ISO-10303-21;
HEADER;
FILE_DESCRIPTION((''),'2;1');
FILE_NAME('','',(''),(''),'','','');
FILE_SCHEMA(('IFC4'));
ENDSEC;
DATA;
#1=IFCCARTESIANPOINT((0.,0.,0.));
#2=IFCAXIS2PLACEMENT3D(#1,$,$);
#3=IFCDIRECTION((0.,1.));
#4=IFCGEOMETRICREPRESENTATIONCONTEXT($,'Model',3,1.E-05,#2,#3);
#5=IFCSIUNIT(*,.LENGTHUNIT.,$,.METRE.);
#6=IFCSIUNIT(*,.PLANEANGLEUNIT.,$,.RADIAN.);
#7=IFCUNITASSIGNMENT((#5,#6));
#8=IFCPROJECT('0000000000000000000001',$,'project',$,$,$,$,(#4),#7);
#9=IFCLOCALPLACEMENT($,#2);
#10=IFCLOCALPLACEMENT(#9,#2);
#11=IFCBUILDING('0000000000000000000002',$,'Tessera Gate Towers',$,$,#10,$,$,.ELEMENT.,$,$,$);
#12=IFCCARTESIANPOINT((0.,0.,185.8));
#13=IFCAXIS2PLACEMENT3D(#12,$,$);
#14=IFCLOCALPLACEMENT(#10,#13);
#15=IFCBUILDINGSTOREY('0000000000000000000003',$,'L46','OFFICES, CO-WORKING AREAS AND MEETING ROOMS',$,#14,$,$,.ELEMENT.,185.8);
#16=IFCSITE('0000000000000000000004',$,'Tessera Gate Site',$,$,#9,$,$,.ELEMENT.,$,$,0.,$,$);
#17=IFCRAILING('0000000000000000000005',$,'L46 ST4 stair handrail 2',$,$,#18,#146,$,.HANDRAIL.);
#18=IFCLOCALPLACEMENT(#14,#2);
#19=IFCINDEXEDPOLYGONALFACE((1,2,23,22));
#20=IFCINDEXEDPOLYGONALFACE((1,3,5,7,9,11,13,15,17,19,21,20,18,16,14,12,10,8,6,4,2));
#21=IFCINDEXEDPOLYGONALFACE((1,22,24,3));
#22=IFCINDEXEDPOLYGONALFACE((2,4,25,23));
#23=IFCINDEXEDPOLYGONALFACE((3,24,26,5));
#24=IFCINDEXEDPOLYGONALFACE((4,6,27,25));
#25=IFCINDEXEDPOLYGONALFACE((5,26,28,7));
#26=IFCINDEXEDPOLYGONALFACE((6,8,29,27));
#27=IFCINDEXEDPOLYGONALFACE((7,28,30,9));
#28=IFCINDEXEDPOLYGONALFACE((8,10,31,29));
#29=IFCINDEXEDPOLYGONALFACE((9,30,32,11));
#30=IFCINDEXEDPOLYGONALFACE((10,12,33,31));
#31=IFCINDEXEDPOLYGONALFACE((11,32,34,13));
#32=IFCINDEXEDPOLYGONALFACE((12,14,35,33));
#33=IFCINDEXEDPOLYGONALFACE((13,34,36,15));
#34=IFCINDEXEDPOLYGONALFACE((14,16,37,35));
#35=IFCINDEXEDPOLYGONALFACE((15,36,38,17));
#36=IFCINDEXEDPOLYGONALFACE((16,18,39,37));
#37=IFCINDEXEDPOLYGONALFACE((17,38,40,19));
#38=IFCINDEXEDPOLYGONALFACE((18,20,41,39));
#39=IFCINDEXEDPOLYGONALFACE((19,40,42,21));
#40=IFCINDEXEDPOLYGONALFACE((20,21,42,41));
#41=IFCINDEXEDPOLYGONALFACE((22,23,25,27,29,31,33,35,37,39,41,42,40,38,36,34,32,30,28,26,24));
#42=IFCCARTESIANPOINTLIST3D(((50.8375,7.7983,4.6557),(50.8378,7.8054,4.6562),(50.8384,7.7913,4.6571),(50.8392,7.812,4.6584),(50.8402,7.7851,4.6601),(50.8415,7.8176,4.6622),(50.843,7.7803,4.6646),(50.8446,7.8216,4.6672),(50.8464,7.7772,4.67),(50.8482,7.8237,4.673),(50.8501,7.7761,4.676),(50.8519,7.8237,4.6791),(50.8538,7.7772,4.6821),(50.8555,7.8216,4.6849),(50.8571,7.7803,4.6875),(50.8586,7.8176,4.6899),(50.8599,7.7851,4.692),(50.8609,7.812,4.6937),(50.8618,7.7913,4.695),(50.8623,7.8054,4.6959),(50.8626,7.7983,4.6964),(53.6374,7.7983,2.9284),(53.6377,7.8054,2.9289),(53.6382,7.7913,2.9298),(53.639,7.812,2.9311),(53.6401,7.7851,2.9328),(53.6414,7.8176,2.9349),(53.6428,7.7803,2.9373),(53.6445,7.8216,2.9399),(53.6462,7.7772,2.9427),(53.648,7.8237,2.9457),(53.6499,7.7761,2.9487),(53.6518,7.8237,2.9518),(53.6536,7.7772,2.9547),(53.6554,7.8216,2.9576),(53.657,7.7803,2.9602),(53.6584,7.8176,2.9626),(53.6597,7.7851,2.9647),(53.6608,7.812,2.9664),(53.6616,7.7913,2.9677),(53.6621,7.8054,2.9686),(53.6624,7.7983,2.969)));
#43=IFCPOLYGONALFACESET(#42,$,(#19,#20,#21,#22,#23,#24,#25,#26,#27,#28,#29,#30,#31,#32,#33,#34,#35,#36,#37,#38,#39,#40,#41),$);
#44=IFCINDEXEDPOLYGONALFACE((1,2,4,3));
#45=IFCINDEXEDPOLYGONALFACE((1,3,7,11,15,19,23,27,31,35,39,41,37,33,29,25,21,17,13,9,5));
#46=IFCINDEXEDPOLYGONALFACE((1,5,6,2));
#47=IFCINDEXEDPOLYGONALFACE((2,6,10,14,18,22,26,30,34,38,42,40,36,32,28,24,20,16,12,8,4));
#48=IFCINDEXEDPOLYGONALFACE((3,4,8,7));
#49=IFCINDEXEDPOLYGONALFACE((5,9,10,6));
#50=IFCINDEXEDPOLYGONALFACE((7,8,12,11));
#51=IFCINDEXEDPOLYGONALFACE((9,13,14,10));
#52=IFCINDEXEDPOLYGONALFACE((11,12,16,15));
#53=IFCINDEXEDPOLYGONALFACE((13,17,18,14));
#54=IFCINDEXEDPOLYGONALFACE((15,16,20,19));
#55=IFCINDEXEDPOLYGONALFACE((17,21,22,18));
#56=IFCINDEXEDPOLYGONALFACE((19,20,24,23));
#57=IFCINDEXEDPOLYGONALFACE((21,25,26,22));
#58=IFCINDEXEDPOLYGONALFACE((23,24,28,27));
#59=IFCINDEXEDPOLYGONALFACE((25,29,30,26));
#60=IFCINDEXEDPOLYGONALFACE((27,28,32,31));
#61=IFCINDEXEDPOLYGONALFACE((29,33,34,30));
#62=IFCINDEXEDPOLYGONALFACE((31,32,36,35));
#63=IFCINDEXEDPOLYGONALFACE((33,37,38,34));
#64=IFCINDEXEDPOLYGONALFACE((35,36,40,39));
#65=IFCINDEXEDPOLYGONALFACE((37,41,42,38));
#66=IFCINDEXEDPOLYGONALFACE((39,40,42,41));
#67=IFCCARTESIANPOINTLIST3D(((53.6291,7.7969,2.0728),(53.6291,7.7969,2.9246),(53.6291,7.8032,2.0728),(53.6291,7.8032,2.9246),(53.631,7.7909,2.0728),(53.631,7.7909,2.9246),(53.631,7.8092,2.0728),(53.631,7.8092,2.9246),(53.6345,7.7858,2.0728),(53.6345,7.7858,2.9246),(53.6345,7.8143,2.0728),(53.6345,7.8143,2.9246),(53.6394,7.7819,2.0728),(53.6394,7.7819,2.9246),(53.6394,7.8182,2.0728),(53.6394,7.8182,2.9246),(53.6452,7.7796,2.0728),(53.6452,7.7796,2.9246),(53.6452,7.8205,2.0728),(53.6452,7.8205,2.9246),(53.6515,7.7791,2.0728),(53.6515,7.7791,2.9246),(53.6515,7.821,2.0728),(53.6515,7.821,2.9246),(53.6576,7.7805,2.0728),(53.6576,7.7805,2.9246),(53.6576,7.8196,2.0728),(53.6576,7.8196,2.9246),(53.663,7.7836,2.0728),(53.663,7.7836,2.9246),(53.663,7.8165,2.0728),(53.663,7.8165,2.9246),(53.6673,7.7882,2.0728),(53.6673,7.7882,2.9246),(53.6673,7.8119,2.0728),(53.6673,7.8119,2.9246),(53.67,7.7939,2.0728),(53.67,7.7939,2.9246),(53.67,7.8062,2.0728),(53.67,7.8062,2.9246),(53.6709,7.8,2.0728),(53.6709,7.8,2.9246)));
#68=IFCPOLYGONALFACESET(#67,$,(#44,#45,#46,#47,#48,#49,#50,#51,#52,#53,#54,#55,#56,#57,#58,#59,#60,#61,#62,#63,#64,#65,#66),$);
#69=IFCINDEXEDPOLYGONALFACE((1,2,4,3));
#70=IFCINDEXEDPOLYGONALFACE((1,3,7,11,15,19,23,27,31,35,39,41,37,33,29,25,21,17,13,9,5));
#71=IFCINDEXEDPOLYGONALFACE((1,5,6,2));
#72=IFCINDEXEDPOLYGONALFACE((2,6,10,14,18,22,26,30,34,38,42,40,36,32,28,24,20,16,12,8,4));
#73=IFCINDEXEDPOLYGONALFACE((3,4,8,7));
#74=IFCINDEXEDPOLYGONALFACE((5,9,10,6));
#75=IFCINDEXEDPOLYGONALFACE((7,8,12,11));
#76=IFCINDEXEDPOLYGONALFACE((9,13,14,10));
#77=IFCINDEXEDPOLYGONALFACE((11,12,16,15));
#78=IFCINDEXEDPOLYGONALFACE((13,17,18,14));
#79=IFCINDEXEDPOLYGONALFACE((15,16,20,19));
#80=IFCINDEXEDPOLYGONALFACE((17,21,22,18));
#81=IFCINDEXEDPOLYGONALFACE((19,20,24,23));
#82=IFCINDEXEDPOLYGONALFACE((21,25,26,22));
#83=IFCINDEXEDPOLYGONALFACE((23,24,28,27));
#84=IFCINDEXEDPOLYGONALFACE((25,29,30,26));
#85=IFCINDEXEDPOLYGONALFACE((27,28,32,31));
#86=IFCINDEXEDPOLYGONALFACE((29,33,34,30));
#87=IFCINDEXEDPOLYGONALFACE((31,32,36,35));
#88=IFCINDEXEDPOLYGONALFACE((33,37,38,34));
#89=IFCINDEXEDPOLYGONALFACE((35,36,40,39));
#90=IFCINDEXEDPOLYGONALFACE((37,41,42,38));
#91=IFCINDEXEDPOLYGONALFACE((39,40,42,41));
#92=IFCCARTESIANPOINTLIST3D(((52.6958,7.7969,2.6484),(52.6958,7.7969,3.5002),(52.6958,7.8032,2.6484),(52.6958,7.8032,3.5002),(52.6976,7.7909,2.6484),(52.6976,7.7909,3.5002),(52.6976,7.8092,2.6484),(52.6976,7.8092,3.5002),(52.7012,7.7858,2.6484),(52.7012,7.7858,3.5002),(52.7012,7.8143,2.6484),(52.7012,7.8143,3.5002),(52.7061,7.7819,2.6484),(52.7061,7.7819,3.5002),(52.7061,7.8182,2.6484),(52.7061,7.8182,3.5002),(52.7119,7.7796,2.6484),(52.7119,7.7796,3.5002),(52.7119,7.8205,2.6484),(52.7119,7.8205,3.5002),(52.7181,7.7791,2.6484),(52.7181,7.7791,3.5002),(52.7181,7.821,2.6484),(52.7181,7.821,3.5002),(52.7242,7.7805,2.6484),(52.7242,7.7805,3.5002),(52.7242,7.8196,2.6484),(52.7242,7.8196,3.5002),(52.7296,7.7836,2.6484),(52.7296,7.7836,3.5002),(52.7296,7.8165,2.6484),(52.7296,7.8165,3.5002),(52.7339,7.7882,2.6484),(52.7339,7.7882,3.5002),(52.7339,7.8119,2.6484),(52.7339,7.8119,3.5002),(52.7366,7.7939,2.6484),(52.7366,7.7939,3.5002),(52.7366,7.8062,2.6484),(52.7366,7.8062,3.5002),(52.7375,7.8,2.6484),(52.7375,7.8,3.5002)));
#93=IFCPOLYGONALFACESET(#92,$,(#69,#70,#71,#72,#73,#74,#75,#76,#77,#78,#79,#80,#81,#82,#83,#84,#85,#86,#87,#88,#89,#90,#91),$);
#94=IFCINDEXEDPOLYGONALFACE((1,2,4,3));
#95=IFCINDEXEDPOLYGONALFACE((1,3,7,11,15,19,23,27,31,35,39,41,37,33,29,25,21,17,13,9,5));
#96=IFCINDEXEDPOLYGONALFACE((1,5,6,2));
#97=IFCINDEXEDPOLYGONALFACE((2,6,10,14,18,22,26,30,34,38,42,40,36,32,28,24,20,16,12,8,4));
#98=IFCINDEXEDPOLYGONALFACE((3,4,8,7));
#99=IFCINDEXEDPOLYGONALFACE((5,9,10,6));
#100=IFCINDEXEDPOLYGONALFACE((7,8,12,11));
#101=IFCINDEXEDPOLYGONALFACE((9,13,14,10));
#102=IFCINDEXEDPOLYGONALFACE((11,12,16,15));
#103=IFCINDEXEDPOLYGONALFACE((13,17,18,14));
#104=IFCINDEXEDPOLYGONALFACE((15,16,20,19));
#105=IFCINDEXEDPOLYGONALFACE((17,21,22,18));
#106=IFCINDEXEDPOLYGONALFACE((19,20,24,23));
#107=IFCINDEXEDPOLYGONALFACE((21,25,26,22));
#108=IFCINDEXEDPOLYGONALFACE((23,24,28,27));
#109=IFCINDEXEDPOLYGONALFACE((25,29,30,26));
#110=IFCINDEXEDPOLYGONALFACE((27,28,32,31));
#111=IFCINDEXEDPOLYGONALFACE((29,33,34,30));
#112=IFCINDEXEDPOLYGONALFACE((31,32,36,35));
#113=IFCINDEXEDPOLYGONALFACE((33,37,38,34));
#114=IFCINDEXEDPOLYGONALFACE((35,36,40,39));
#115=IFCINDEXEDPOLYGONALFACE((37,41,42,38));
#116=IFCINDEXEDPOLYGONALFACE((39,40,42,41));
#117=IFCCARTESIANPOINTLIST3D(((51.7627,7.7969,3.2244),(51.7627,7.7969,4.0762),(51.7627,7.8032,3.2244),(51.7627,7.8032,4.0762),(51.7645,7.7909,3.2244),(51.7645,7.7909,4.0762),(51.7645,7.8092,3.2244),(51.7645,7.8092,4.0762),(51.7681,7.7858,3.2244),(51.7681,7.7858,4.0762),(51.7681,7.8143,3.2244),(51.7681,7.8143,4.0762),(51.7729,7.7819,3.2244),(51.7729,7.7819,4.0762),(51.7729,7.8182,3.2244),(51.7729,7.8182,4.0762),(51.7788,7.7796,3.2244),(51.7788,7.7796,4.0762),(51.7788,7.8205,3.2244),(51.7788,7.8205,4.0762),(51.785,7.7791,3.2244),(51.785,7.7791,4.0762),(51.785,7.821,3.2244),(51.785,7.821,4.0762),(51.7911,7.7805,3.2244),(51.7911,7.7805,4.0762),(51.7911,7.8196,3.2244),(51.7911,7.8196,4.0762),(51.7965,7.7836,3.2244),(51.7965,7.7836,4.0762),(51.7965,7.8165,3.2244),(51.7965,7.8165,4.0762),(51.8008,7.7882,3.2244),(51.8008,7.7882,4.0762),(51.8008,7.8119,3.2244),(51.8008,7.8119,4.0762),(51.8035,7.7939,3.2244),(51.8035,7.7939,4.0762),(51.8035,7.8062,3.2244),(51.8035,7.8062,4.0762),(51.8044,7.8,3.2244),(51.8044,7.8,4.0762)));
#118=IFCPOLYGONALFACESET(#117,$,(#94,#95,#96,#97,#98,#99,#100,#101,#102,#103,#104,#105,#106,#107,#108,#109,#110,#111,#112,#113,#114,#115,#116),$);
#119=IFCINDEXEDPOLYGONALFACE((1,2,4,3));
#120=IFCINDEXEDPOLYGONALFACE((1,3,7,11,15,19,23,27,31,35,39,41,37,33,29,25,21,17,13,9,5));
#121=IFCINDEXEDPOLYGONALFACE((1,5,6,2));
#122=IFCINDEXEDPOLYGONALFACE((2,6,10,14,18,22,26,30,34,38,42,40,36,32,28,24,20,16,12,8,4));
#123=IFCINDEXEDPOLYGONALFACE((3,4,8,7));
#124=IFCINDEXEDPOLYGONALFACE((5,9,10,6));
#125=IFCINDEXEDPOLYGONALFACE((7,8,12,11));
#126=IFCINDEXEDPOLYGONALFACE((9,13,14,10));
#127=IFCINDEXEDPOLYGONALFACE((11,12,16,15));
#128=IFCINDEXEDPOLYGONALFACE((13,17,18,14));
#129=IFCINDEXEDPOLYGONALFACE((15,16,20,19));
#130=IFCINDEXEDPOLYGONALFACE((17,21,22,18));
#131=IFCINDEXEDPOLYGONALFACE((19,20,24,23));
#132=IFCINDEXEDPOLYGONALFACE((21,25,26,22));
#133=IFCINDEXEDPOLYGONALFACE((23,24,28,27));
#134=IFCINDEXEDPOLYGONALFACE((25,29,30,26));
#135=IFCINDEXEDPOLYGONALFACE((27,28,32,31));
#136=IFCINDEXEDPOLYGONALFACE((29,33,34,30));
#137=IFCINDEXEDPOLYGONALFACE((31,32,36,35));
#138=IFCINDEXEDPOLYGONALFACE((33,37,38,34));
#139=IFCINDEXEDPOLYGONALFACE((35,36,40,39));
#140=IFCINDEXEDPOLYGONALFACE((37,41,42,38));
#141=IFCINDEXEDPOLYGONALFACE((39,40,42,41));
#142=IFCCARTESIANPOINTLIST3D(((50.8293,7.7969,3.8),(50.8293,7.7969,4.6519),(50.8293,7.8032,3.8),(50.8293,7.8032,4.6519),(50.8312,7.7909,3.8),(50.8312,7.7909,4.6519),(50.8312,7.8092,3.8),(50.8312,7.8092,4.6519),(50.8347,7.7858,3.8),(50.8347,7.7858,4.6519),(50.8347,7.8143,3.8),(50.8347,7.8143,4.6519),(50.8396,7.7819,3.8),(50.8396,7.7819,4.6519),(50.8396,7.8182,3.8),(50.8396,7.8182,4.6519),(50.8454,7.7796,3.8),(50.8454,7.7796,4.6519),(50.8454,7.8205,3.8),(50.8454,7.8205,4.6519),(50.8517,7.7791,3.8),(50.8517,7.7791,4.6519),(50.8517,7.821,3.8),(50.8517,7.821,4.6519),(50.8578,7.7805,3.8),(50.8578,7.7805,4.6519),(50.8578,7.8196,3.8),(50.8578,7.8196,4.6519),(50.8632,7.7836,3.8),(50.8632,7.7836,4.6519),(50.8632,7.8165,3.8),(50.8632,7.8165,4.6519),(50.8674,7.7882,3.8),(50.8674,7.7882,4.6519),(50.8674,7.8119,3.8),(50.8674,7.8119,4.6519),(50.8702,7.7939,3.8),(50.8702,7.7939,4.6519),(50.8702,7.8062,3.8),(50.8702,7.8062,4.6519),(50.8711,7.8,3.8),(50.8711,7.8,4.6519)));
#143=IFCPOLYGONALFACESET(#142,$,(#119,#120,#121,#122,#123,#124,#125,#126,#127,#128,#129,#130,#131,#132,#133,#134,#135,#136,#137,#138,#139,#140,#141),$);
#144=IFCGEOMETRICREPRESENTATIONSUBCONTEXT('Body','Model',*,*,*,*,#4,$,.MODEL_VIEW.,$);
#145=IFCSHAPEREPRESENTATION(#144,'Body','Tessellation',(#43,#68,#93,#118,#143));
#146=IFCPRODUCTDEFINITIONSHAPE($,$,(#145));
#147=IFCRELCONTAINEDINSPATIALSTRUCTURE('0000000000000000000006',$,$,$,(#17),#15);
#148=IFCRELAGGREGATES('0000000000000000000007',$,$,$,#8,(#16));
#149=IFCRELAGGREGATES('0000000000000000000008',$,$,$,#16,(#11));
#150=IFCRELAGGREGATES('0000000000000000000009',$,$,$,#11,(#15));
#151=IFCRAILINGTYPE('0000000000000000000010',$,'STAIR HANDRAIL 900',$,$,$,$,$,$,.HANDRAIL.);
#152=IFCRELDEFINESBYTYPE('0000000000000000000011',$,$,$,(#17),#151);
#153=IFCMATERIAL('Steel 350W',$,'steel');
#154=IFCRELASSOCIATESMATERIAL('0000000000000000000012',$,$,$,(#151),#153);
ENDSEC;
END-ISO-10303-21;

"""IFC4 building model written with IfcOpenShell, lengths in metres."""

from ifc_helpers import new_model, si_unit, direction, frame, origin, origin_2d, place, context, subcontext, project, spatial, circle, extrude, material, type_object, element, save


model = new_model("IFC4")

# Units and contexts
model_context = context("Model", 3, precision=1e-05, world=origin(), true_north=direction((0.0, 1.0)))
body_context = subcontext(model_context, "Body", "Model", "MODEL_VIEW")
ifc_project = project(units=[si_unit("LENGTHUNIT", "METRE"), si_unit("PLANEANGLEUNIT", "RADIAN")], contexts=[model_context])

# Site, building, storey
site_placement = place(None, origin())
site = spatial("IfcSite", under=ifc_project, at=site_placement, Name="Tessera Gate Site", CompositionType="ELEMENT", RefElevation=0.0)
building_placement = place(site_placement, origin())
building = spatial("IfcBuilding", under=site, at=building_placement, Name="Tessera Gate Towers", CompositionType="ELEMENT")
storey_placement = place(building_placement, frame((0.0, 0.0, 185.8)))
storey = spatial("IfcBuildingStorey", under=building, at=storey_placement, Name="L46", Description="OFFICES, CO-WORKING AREAS AND MEETING ROOMS", CompositionType="ELEMENT", Elevation=185.8)

# Railing
ifc_material_1 = material(Name="Steel 350W", Category="steel")
railing_type_1 = type_object("IfcRailingType", Name="STAIR HANDRAIL 900", PredefinedType="HANDRAIL", material=ifc_material_1)
railing_1_placement = place(storey_placement, frame((53.6499, 7.8, 2.0728)))
element("IfcRailing", 1, at=railing_1_placement, inside=storey, type_object=railing_type_1, Name="L46 ST4 stair handrail 2", PredefinedType="HANDRAIL", context=body_context, shape_type="SweptSolid", body=[
    extrude(circle(Radius=0.0239, at=origin_2d()), frame((0.0, 0.0, 0.876), z_axis=(-0.851069, 0.0, 0.525054), x_axis=(0.0, -1.0, 0.0)), (0.0, 0.0, 1.0), 3.2898),
    extrude(circle(Radius=0.021, at=origin_2d()), origin(), (0.0, 0.0, 1.0), 0.8518),
    extrude(circle(Radius=0.021, at=origin_2d()), frame((-0.9333, 0.0, 0.5757)), (0.0, 0.0, 1.0), 0.8518),
    extrude(circle(Radius=0.021, at=origin_2d()), frame((-1.8665, 0.0, 1.1516)), (0.0, 0.0, 1.0), 0.8518),
    extrude(circle(Radius=0.021, at=origin_2d()), frame((-2.7998, 0.0, 1.7273)), (0.0, 0.0, 1.0), 0.8518),
])

save(model, "model.ifc")
